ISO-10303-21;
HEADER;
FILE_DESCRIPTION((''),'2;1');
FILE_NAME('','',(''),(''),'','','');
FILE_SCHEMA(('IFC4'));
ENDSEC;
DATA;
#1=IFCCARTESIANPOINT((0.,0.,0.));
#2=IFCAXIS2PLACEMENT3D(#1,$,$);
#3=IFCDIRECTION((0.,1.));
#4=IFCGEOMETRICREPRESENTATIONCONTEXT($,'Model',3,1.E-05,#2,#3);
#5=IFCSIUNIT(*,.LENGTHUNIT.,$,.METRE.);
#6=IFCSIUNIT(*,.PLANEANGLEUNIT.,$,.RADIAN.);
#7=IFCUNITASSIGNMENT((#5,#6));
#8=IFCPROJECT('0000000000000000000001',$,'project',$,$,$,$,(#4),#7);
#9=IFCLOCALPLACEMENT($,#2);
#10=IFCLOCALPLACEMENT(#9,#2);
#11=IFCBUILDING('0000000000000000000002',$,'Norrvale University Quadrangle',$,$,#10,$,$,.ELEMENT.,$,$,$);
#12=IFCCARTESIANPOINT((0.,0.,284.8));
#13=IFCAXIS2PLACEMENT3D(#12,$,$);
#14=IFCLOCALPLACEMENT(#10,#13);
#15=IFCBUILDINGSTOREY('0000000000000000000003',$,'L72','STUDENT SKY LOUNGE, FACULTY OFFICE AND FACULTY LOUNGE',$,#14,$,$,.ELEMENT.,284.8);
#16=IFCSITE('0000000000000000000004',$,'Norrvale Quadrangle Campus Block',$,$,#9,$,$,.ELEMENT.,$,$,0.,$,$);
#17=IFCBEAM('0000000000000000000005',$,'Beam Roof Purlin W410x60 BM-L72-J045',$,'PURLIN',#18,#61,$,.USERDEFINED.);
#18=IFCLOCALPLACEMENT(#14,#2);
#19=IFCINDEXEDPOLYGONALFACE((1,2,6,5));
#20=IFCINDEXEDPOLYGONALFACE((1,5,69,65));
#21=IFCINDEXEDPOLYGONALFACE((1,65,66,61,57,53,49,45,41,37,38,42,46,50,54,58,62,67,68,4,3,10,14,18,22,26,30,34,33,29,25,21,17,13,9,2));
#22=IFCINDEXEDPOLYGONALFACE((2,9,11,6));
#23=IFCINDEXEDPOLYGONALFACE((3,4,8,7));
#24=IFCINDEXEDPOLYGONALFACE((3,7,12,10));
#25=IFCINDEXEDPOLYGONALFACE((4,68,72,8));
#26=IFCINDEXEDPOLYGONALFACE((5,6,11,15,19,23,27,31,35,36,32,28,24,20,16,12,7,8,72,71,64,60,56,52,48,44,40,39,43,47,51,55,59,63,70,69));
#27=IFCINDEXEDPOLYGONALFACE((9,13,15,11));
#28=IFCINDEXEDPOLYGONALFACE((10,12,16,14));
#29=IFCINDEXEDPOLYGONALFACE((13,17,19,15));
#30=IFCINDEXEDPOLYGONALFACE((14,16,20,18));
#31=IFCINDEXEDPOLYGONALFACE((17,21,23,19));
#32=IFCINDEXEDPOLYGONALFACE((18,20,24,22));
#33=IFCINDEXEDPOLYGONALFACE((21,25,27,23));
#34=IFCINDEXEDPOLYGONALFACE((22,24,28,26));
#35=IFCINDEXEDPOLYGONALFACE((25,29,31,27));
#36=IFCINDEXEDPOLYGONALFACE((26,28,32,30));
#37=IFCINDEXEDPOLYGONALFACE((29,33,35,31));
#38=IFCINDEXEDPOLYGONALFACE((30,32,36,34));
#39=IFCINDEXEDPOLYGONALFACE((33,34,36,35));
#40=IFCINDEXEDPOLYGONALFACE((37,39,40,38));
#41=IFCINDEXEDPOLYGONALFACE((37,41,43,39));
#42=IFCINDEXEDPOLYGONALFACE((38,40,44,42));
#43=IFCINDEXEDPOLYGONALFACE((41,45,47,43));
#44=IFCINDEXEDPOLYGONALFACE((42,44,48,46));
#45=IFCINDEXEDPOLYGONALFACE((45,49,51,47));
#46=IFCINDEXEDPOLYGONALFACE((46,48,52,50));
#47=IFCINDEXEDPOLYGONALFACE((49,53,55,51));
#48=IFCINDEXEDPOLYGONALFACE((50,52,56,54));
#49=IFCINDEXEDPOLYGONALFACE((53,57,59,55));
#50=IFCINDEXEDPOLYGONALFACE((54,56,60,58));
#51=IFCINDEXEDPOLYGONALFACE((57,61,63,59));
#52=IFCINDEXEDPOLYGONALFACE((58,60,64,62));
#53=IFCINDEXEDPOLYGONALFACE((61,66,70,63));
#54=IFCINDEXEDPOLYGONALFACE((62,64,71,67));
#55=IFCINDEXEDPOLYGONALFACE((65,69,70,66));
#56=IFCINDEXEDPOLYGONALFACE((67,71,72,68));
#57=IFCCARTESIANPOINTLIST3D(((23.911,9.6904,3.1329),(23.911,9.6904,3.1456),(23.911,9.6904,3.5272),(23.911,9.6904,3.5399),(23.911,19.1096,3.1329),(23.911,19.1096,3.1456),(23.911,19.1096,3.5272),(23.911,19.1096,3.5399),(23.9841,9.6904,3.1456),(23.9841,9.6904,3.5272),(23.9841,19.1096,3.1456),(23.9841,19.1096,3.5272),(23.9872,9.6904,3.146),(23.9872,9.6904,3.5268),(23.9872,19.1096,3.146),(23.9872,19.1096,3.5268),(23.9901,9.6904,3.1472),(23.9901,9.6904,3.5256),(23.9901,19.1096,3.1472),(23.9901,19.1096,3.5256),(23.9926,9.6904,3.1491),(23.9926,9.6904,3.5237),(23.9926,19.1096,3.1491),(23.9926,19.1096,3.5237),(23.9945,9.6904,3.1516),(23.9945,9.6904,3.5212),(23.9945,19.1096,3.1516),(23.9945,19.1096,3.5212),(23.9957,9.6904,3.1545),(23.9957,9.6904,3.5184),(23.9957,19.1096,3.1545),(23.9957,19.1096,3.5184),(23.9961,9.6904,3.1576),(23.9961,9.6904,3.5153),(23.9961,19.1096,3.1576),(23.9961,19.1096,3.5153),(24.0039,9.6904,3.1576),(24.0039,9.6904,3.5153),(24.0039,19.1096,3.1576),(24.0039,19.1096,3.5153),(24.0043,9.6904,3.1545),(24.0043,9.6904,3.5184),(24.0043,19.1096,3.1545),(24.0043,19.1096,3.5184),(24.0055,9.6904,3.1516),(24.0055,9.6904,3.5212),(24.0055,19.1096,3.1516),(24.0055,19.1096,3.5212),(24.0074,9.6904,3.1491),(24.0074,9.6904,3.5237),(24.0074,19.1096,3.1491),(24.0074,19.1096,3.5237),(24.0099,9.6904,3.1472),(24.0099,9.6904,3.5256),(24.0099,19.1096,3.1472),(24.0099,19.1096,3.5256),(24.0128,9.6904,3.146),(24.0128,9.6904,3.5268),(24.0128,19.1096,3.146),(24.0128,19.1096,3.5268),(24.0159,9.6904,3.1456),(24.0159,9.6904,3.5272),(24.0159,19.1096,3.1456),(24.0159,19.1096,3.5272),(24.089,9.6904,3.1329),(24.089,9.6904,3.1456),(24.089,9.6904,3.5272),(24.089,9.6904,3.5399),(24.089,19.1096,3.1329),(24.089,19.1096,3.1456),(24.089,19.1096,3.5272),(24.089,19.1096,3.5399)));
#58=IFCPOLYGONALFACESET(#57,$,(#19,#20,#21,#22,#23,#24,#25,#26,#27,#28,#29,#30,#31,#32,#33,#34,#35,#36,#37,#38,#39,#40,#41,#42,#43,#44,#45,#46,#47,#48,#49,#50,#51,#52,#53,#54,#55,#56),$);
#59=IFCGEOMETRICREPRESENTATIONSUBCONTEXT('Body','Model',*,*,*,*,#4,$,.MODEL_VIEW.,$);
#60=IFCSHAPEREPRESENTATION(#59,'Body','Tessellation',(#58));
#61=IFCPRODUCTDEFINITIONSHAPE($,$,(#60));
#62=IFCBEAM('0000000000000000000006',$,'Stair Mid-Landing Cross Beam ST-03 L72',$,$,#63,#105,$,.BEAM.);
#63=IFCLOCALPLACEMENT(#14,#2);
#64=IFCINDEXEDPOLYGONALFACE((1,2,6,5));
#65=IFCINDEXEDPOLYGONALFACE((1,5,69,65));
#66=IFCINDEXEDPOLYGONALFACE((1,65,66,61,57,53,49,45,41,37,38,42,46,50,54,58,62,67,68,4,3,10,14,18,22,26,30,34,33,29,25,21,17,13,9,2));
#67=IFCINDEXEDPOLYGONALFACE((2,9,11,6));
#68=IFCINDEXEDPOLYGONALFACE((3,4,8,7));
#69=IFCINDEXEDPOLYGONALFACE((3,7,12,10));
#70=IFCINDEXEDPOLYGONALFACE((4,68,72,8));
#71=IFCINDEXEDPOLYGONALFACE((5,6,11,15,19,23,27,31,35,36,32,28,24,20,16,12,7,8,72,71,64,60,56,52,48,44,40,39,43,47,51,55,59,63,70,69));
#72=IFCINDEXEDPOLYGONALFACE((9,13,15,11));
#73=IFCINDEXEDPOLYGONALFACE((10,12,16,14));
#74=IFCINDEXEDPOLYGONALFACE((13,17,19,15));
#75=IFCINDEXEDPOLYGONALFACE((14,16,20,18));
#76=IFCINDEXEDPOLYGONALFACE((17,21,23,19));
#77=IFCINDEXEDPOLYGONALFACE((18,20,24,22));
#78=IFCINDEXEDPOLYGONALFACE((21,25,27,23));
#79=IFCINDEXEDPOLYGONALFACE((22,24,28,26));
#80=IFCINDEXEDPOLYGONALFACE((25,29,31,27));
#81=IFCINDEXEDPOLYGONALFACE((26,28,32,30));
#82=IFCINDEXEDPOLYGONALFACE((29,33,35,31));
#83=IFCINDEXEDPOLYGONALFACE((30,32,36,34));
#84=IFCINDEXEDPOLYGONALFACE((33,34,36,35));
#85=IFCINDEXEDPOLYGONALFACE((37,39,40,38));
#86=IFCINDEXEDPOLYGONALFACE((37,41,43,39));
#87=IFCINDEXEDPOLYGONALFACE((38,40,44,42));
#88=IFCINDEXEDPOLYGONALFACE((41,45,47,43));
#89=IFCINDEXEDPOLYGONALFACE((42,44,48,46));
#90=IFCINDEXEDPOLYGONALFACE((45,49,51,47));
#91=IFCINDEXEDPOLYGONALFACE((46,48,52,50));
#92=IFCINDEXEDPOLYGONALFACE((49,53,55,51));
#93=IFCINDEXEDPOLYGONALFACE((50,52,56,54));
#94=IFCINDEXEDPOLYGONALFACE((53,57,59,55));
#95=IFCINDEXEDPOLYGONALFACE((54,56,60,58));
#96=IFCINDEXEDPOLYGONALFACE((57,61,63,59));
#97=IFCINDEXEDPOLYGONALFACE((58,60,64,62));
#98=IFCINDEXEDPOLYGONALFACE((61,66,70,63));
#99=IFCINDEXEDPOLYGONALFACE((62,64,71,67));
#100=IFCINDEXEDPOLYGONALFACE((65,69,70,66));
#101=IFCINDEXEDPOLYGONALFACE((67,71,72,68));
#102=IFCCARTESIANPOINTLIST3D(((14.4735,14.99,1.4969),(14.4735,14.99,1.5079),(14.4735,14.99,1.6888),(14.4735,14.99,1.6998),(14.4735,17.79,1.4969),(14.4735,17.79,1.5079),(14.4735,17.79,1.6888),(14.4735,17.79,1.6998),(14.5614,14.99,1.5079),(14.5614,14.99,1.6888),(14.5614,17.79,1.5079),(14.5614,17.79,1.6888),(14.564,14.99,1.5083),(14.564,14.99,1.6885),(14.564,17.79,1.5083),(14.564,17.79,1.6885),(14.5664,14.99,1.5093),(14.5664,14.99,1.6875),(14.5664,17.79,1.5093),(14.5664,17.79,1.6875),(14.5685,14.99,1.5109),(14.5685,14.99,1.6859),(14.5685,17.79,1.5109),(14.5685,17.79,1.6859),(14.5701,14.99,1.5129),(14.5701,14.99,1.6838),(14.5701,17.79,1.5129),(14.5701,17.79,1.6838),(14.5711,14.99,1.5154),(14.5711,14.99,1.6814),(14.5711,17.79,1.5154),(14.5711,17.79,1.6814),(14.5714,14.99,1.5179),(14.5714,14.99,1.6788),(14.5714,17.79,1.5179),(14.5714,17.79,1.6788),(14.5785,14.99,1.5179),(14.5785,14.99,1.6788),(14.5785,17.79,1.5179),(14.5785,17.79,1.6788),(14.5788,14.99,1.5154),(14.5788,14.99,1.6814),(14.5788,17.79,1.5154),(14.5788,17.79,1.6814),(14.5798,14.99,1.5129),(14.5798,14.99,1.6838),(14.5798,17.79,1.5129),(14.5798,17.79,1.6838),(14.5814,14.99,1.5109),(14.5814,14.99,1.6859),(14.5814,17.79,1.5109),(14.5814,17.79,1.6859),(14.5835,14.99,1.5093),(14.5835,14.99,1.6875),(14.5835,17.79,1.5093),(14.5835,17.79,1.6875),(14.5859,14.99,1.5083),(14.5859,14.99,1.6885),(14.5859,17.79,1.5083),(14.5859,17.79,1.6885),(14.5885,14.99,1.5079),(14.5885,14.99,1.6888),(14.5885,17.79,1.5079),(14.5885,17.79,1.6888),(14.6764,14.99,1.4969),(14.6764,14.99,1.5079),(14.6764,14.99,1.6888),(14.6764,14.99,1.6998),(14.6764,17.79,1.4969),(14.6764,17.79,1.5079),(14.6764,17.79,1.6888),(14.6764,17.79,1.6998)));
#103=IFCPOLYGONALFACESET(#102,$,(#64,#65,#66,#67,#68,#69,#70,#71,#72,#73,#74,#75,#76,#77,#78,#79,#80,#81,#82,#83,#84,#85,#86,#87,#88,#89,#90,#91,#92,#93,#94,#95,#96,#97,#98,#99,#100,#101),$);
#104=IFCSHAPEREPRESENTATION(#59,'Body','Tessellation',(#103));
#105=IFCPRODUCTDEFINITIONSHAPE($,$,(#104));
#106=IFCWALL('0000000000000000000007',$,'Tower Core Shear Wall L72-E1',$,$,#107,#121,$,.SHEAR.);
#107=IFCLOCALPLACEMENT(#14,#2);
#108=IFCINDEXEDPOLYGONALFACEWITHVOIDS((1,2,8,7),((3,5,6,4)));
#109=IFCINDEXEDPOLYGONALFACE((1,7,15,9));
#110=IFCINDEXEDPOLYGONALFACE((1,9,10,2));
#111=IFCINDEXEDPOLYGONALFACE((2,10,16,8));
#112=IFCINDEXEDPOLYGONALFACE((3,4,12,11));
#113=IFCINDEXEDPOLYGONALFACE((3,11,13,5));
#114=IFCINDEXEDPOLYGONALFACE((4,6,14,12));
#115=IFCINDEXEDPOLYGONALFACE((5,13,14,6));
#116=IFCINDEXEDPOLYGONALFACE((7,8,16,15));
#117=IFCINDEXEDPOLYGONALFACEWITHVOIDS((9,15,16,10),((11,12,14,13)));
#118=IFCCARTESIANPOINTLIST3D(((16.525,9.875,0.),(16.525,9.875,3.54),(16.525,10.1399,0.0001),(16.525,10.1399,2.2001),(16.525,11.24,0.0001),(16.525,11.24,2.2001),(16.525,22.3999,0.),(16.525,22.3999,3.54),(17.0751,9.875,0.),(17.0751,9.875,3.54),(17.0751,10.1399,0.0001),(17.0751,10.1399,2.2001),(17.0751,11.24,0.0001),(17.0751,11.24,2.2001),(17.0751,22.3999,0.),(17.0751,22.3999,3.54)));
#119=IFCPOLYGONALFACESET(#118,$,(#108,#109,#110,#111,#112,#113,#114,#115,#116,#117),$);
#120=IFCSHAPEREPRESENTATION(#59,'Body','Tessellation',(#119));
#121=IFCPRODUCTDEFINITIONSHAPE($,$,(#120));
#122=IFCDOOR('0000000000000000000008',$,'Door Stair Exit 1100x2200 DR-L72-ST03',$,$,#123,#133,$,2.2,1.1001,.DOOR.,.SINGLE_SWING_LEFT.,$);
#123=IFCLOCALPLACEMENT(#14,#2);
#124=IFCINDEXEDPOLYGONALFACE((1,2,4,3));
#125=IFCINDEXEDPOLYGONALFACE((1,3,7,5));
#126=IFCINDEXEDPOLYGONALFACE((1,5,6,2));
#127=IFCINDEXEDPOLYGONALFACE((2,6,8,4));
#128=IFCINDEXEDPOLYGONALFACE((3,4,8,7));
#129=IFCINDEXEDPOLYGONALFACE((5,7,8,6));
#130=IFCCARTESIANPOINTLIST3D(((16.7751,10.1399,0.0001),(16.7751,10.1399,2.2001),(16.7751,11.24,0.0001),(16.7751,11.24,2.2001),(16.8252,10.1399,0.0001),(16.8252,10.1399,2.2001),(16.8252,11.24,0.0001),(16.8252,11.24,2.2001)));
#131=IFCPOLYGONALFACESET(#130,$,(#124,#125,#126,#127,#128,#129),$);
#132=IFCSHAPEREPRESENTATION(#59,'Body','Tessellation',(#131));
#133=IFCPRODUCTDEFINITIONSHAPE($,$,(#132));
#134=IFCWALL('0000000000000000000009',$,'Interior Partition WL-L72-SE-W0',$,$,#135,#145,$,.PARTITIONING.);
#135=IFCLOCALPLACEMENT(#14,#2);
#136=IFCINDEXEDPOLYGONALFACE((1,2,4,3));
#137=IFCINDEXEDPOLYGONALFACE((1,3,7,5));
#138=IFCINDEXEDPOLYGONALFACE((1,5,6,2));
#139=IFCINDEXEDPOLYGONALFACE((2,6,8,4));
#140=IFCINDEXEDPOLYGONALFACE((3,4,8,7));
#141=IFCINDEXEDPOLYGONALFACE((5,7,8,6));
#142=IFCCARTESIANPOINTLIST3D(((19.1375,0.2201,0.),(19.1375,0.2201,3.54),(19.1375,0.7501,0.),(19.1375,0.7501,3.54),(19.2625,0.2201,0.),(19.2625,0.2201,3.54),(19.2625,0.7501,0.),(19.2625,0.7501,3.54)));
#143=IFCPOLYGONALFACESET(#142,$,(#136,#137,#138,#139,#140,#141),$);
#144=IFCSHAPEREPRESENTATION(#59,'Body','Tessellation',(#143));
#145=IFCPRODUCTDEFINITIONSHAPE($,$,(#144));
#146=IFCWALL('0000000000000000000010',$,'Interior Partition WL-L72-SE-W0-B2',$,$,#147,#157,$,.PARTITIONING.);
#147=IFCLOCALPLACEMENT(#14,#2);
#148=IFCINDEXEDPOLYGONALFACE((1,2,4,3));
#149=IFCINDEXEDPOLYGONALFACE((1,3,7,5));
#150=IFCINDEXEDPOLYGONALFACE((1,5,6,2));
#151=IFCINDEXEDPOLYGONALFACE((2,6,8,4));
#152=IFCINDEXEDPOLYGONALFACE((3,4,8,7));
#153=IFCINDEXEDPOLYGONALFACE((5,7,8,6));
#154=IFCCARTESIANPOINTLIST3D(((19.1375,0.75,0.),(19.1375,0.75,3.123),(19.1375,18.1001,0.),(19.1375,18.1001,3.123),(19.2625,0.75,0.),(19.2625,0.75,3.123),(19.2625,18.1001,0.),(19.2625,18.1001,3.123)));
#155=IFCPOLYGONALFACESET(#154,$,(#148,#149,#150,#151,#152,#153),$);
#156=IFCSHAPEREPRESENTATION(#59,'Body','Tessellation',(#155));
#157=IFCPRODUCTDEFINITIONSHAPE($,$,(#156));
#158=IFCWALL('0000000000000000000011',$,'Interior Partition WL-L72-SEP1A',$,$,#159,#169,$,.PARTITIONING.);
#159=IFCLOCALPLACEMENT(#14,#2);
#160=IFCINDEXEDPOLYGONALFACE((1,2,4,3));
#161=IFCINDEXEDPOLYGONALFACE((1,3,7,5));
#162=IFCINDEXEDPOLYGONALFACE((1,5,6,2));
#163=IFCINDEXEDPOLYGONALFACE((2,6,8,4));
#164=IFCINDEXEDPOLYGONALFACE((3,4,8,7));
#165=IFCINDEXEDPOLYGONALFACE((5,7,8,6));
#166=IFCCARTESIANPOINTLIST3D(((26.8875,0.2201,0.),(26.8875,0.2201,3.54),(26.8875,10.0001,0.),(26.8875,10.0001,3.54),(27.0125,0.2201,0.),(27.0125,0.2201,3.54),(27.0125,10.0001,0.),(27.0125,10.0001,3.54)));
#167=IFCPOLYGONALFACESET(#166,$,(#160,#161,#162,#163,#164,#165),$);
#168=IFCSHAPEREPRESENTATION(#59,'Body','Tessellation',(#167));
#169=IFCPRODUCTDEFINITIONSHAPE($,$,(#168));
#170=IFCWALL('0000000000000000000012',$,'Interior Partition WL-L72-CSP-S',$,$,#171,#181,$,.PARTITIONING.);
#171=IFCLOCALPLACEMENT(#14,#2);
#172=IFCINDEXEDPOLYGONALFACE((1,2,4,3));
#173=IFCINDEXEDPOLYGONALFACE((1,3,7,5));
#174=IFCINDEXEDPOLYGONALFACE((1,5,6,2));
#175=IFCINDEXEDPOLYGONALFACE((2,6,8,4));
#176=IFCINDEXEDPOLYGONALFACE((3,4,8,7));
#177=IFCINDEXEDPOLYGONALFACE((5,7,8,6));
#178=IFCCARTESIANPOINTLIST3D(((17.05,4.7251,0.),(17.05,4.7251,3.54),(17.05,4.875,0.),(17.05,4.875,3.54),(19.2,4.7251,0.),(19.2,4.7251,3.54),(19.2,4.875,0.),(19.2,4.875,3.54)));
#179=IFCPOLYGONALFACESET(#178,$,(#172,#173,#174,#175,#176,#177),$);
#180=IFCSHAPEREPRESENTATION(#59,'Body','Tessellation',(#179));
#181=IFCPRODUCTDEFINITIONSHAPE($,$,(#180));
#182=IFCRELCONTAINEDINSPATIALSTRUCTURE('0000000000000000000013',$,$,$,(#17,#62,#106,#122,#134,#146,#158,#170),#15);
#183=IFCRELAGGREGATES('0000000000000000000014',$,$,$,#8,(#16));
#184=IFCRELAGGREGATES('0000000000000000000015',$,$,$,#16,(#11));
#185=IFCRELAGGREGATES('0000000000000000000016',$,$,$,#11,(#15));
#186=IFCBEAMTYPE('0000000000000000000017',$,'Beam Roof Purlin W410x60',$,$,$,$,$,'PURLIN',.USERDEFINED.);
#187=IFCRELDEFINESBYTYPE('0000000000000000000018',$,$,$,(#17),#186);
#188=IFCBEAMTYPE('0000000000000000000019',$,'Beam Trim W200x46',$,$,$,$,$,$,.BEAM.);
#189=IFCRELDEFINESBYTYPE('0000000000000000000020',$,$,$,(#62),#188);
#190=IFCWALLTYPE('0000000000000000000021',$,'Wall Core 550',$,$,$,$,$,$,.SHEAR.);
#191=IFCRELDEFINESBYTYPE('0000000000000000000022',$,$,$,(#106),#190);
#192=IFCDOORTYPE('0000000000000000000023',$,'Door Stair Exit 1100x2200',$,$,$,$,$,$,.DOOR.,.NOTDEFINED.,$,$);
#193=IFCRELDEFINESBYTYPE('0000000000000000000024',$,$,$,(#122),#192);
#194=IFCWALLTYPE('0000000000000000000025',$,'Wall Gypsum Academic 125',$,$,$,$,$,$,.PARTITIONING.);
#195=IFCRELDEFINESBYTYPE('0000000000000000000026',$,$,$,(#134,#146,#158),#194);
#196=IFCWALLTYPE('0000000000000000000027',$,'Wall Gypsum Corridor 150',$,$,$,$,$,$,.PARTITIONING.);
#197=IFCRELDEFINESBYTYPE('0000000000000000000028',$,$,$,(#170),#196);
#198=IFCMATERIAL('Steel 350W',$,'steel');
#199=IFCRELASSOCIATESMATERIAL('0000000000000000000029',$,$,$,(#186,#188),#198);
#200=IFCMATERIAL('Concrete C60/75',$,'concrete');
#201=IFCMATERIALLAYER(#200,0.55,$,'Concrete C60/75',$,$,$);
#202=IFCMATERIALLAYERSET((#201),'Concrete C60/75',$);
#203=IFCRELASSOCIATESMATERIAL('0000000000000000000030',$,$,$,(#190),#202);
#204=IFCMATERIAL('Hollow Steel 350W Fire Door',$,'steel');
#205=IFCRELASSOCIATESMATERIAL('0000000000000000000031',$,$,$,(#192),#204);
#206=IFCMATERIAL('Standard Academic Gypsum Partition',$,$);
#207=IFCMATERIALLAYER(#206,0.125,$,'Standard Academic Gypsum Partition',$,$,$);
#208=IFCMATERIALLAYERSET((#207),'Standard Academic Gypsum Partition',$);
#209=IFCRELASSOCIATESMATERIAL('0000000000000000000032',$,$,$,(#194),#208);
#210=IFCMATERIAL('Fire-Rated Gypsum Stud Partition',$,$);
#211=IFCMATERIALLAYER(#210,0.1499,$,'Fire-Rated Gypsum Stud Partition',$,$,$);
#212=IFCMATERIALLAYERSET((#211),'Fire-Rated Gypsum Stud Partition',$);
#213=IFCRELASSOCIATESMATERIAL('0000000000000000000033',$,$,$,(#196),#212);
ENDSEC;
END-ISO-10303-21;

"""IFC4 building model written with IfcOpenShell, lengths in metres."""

from ifc_helpers import new_model, si_unit, direction, frame, frame_2d, origin, origin_2d, place, context, subcontext, project, spatial, rectangle, i_section, extrude, material, layer, layer_set, material_profile, profile_set, type_object, element, fill, save


model = new_model("IFC4")

# Units and contexts
model_context = context("Model", 3, precision=1e-05, world=origin(), true_north=direction((0.0, 1.0)))
body_context = subcontext(model_context, "Body", "Model", "MODEL_VIEW")
ifc_project = project(units=[si_unit("LENGTHUNIT", "METRE"), si_unit("PLANEANGLEUNIT", "RADIAN")], contexts=[model_context])

# Site, building, storey
site_placement = place(None, origin())
site = spatial("IfcSite", under=ifc_project, at=site_placement, Name="Norrvale Quadrangle Campus Block", CompositionType="ELEMENT", RefElevation=0.0)
building_placement = place(site_placement, origin())
building = spatial("IfcBuilding", under=site, at=building_placement, Name="Norrvale University Quadrangle", CompositionType="ELEMENT")
storey_placement = place(building_placement, frame((0.0, 0.0, 284.8)))
storey = spatial("IfcBuildingStorey", under=building, at=storey_placement, Name="L72", Description="STUDENT SKY LOUNGE, FACULTY OFFICE AND FACULTY LOUNGE", CompositionType="ELEMENT", Elevation=284.8)

# Shared definitions
ifc_material_1 = material(Name="Concrete C60/75", Category="concrete")

# Beams
ifc_material_2 = material(Name="Steel 350W", Category="steel")
ifc_material_profile_1 = material_profile(ifc_material_2, i_section(OverallWidth=0.178, OverallDepth=0.407, WebThickness=0.0078, FlangeThickness=0.0127, FilletRadius=0.012, at=origin_2d()), Name="Steel 350W")
ifc_profile_set_1 = profile_set([ifc_material_profile_1], Name="Steel 350W")
beam_type_1 = type_object("IfcBeamType", Name="Beam Roof Purlin W410x60", ElementType="PURLIN", PredefinedType="USERDEFINED", material=ifc_profile_set_1)
beam_1_placement = place(storey_placement, frame((24.0, 9.6904, 3.3364), z_axis=(0.0, 1.0, 0.0), x_axis=(-1.0, 0.0, 0.0)))
element("IfcBeam", 1, at=beam_1_placement, inside=storey, type_object=beam_type_1, Name="Beam Roof Purlin W410x60 BM-L72-J045", ObjectType="PURLIN", PredefinedType="USERDEFINED", context=body_context, shape_type="SweptSolid", body=[
    extrude(i_section(OverallWidth=0.178, OverallDepth=0.407, WebThickness=0.0078, FlangeThickness=0.0127, FilletRadius=0.012, at=origin_2d()), origin(), (0.0, 0.0, 1.0), 9.4192),
])
ifc_material_profile_2 = material_profile(ifc_material_2, i_section(OverallWidth=0.2029, OverallDepth=0.2029, WebThickness=0.0071, FlangeThickness=0.011, FilletRadius=0.01, at=origin_2d()), Name="Steel 350W")
ifc_profile_set_2 = profile_set([ifc_material_profile_2], Name="Steel 350W")
beam_type_2 = type_object("IfcBeamType", Name="Beam Trim W200x46", PredefinedType="BEAM", material=ifc_profile_set_2)
beam_2_placement = place(storey_placement, frame((14.575, 14.99, 1.5984), z_axis=(0.0, 1.0, 0.0), x_axis=(-1.0, 0.0, 0.0)))
element("IfcBeam", 2, at=beam_2_placement, inside=storey, type_object=beam_type_2, Name="Stair Mid-Landing Cross Beam ST-03 L72", PredefinedType="BEAM", context=body_context, shape_type="SweptSolid", body=[
    extrude(i_section(OverallWidth=0.2029, OverallDepth=0.2029, WebThickness=0.0071, FlangeThickness=0.011, FilletRadius=0.01, at=origin_2d()), origin(), (0.0, 0.0, 1.0), 2.8),
])

# Wall, opening, door
ifc_layer_1 = layer(ifc_material_1, 0.55, Name="Concrete C60/75")
ifc_layer_set_1 = layer_set([ifc_layer_1], Name="Concrete C60/75")
wall_type_1 = type_object("IfcWallType", Name="Wall Core 550", PredefinedType="SHEAR", material=ifc_layer_set_1)
wall_1_placement = place(storey_placement, frame((16.8, 9.875, 0.0), z_axis=(0.0, 0.0, 1.0), x_axis=(0.0, 1.0, 0.0)))
wall_1 = element("IfcWall", 3, at=wall_1_placement, inside=storey, type_object=wall_type_1, Name="Tower Core Shear Wall L72-E1", PredefinedType="SHEAR", context=body_context, shape_type="SweptSolid", body=[
    extrude(rectangle(XDim=12.5249, YDim=0.55, at=frame_2d((6.2625, 0.0))), origin(), (0.0, 0.0, 1.0), 3.54),
])
opening_1_placement = place(wall_1_placement, frame((0.2649, 0.0, 0.0)))
opening_1 = element("IfcOpeningElement", 4, at=opening_1_placement, cuts=wall_1, PredefinedType="OPENING", context=body_context, shape_type="SweptSolid", body=[
    extrude(rectangle(XDim=1.1001, YDim=2.2, at=frame_2d((0.55, 1.1001))), frame((0.0, 0.2871, 0.0), z_axis=(0.0, -1.0, 0.0), x_axis=(1.0, 0.0, 0.0)), (0.0, 0.0, 1.0), 0.574),
])
ifc_material_3 = material(Name="Hollow Steel 350W Fire Door", Category="steel")
door_type_1 = type_object("IfcDoorType", Name="Door Stair Exit 1100x2200", OperationType="NOTDEFINED", PredefinedType="DOOR", material=ifc_material_3)
door_1_placement = place(opening_1_placement, origin())
door_1 = element("IfcDoor", 5, at=door_1_placement, inside=storey, type_object=door_type_1, Name="Door Stair Exit 1100x2200 DR-L72-ST03", OperationType="SINGLE_SWING_LEFT", OverallHeight=2.2, OverallWidth=1.1001, PredefinedType="DOOR", context=body_context, shape_type="SweptSolid", body=[
    extrude(rectangle(XDim=1.1001, YDim=2.2, at=frame_2d((0.55, 1.1001))), frame((0.0, 0.0249, 0.0), z_axis=(0.0, -1.0, 0.0), x_axis=(1.0, 0.0, 0.0)), (0.0, 0.0, 1.0), 0.05),
])
fill(opening_1, door_1)

# Walls
ifc_material_4 = material(Name="Standard Academic Gypsum Partition")
ifc_layer_2 = layer(ifc_material_4, 0.125, Name="Standard Academic Gypsum Partition")
ifc_layer_set_2 = layer_set([ifc_layer_2], Name="Standard Academic Gypsum Partition")
wall_type_2 = type_object("IfcWallType", Name="Wall Gypsum Academic 125", PredefinedType="PARTITIONING", material=ifc_layer_set_2)
wall_2_placement = place(storey_placement, frame((19.2, 0.22, 0.0), z_axis=(0.0, 0.0, 1.0), x_axis=(0.0, 1.0, 0.0)))
element("IfcWall", 6, at=wall_2_placement, inside=storey, type_object=wall_type_2, Name="Interior Partition WL-L72-SE-W0", PredefinedType="PARTITIONING", context=body_context, shape_type="SweptSolid", body=[
    extrude(rectangle(XDim=0.53, YDim=0.125, at=frame_2d((0.2651, 0.0))), origin(), (0.0, 0.0, 1.0), 3.54),
])
wall_3_placement = place(storey_placement, frame((19.2, 0.75, 0.0), z_axis=(0.0, 0.0, 1.0), x_axis=(0.0, 1.0, 0.0)))
element("IfcWall", 7, at=wall_3_placement, inside=storey, type_object=wall_type_2, Name="Interior Partition WL-L72-SE-W0-B2", PredefinedType="PARTITIONING", context=body_context, shape_type="SweptSolid", body=[
    extrude(rectangle(XDim=17.3501, YDim=0.125, at=frame_2d((8.675, 0.0))), origin(), (0.0, 0.0, 1.0), 3.123),
])
wall_4_placement = place(storey_placement, frame((26.95, 0.22, 0.0), z_axis=(0.0, 0.0, 1.0), x_axis=(0.0, 1.0, 0.0)))
element("IfcWall", 8, at=wall_4_placement, inside=storey, type_object=wall_type_2, Name="Interior Partition WL-L72-SEP1A", PredefinedType="PARTITIONING", context=body_context, shape_type="SweptSolid", body=[
    extrude(rectangle(XDim=9.78, YDim=0.125, at=frame_2d((4.8901, 0.0))), origin(), (0.0, 0.0, 1.0), 3.54),
])
ifc_material_5 = material(Name="Fire-Rated Gypsum Stud Partition")
ifc_layer_3 = layer(ifc_material_5, 0.1499, Name="Fire-Rated Gypsum Stud Partition")
ifc_layer_set_3 = layer_set([ifc_layer_3], Name="Fire-Rated Gypsum Stud Partition")
wall_type_3 = type_object("IfcWallType", Name="Wall Gypsum Corridor 150", PredefinedType="PARTITIONING", material=ifc_layer_set_3)
wall_5_placement = place(storey_placement, frame((17.05, 4.8, 0.0), z_axis=(0.0, 0.0, 1.0), x_axis=(1.0, 0.0, 0.0)))
element("IfcWall", 9, at=wall_5_placement, inside=storey, type_object=wall_type_3, Name="Interior Partition WL-L72-CSP-S", PredefinedType="PARTITIONING", context=body_context, shape_type="SweptSolid", body=[
    extrude(rectangle(XDim=2.1499, YDim=0.1499, at=frame_2d((1.075, 0.0))), origin(), (0.0, 0.0, 1.0), 3.54),
])

save(model, "model.ifc")
